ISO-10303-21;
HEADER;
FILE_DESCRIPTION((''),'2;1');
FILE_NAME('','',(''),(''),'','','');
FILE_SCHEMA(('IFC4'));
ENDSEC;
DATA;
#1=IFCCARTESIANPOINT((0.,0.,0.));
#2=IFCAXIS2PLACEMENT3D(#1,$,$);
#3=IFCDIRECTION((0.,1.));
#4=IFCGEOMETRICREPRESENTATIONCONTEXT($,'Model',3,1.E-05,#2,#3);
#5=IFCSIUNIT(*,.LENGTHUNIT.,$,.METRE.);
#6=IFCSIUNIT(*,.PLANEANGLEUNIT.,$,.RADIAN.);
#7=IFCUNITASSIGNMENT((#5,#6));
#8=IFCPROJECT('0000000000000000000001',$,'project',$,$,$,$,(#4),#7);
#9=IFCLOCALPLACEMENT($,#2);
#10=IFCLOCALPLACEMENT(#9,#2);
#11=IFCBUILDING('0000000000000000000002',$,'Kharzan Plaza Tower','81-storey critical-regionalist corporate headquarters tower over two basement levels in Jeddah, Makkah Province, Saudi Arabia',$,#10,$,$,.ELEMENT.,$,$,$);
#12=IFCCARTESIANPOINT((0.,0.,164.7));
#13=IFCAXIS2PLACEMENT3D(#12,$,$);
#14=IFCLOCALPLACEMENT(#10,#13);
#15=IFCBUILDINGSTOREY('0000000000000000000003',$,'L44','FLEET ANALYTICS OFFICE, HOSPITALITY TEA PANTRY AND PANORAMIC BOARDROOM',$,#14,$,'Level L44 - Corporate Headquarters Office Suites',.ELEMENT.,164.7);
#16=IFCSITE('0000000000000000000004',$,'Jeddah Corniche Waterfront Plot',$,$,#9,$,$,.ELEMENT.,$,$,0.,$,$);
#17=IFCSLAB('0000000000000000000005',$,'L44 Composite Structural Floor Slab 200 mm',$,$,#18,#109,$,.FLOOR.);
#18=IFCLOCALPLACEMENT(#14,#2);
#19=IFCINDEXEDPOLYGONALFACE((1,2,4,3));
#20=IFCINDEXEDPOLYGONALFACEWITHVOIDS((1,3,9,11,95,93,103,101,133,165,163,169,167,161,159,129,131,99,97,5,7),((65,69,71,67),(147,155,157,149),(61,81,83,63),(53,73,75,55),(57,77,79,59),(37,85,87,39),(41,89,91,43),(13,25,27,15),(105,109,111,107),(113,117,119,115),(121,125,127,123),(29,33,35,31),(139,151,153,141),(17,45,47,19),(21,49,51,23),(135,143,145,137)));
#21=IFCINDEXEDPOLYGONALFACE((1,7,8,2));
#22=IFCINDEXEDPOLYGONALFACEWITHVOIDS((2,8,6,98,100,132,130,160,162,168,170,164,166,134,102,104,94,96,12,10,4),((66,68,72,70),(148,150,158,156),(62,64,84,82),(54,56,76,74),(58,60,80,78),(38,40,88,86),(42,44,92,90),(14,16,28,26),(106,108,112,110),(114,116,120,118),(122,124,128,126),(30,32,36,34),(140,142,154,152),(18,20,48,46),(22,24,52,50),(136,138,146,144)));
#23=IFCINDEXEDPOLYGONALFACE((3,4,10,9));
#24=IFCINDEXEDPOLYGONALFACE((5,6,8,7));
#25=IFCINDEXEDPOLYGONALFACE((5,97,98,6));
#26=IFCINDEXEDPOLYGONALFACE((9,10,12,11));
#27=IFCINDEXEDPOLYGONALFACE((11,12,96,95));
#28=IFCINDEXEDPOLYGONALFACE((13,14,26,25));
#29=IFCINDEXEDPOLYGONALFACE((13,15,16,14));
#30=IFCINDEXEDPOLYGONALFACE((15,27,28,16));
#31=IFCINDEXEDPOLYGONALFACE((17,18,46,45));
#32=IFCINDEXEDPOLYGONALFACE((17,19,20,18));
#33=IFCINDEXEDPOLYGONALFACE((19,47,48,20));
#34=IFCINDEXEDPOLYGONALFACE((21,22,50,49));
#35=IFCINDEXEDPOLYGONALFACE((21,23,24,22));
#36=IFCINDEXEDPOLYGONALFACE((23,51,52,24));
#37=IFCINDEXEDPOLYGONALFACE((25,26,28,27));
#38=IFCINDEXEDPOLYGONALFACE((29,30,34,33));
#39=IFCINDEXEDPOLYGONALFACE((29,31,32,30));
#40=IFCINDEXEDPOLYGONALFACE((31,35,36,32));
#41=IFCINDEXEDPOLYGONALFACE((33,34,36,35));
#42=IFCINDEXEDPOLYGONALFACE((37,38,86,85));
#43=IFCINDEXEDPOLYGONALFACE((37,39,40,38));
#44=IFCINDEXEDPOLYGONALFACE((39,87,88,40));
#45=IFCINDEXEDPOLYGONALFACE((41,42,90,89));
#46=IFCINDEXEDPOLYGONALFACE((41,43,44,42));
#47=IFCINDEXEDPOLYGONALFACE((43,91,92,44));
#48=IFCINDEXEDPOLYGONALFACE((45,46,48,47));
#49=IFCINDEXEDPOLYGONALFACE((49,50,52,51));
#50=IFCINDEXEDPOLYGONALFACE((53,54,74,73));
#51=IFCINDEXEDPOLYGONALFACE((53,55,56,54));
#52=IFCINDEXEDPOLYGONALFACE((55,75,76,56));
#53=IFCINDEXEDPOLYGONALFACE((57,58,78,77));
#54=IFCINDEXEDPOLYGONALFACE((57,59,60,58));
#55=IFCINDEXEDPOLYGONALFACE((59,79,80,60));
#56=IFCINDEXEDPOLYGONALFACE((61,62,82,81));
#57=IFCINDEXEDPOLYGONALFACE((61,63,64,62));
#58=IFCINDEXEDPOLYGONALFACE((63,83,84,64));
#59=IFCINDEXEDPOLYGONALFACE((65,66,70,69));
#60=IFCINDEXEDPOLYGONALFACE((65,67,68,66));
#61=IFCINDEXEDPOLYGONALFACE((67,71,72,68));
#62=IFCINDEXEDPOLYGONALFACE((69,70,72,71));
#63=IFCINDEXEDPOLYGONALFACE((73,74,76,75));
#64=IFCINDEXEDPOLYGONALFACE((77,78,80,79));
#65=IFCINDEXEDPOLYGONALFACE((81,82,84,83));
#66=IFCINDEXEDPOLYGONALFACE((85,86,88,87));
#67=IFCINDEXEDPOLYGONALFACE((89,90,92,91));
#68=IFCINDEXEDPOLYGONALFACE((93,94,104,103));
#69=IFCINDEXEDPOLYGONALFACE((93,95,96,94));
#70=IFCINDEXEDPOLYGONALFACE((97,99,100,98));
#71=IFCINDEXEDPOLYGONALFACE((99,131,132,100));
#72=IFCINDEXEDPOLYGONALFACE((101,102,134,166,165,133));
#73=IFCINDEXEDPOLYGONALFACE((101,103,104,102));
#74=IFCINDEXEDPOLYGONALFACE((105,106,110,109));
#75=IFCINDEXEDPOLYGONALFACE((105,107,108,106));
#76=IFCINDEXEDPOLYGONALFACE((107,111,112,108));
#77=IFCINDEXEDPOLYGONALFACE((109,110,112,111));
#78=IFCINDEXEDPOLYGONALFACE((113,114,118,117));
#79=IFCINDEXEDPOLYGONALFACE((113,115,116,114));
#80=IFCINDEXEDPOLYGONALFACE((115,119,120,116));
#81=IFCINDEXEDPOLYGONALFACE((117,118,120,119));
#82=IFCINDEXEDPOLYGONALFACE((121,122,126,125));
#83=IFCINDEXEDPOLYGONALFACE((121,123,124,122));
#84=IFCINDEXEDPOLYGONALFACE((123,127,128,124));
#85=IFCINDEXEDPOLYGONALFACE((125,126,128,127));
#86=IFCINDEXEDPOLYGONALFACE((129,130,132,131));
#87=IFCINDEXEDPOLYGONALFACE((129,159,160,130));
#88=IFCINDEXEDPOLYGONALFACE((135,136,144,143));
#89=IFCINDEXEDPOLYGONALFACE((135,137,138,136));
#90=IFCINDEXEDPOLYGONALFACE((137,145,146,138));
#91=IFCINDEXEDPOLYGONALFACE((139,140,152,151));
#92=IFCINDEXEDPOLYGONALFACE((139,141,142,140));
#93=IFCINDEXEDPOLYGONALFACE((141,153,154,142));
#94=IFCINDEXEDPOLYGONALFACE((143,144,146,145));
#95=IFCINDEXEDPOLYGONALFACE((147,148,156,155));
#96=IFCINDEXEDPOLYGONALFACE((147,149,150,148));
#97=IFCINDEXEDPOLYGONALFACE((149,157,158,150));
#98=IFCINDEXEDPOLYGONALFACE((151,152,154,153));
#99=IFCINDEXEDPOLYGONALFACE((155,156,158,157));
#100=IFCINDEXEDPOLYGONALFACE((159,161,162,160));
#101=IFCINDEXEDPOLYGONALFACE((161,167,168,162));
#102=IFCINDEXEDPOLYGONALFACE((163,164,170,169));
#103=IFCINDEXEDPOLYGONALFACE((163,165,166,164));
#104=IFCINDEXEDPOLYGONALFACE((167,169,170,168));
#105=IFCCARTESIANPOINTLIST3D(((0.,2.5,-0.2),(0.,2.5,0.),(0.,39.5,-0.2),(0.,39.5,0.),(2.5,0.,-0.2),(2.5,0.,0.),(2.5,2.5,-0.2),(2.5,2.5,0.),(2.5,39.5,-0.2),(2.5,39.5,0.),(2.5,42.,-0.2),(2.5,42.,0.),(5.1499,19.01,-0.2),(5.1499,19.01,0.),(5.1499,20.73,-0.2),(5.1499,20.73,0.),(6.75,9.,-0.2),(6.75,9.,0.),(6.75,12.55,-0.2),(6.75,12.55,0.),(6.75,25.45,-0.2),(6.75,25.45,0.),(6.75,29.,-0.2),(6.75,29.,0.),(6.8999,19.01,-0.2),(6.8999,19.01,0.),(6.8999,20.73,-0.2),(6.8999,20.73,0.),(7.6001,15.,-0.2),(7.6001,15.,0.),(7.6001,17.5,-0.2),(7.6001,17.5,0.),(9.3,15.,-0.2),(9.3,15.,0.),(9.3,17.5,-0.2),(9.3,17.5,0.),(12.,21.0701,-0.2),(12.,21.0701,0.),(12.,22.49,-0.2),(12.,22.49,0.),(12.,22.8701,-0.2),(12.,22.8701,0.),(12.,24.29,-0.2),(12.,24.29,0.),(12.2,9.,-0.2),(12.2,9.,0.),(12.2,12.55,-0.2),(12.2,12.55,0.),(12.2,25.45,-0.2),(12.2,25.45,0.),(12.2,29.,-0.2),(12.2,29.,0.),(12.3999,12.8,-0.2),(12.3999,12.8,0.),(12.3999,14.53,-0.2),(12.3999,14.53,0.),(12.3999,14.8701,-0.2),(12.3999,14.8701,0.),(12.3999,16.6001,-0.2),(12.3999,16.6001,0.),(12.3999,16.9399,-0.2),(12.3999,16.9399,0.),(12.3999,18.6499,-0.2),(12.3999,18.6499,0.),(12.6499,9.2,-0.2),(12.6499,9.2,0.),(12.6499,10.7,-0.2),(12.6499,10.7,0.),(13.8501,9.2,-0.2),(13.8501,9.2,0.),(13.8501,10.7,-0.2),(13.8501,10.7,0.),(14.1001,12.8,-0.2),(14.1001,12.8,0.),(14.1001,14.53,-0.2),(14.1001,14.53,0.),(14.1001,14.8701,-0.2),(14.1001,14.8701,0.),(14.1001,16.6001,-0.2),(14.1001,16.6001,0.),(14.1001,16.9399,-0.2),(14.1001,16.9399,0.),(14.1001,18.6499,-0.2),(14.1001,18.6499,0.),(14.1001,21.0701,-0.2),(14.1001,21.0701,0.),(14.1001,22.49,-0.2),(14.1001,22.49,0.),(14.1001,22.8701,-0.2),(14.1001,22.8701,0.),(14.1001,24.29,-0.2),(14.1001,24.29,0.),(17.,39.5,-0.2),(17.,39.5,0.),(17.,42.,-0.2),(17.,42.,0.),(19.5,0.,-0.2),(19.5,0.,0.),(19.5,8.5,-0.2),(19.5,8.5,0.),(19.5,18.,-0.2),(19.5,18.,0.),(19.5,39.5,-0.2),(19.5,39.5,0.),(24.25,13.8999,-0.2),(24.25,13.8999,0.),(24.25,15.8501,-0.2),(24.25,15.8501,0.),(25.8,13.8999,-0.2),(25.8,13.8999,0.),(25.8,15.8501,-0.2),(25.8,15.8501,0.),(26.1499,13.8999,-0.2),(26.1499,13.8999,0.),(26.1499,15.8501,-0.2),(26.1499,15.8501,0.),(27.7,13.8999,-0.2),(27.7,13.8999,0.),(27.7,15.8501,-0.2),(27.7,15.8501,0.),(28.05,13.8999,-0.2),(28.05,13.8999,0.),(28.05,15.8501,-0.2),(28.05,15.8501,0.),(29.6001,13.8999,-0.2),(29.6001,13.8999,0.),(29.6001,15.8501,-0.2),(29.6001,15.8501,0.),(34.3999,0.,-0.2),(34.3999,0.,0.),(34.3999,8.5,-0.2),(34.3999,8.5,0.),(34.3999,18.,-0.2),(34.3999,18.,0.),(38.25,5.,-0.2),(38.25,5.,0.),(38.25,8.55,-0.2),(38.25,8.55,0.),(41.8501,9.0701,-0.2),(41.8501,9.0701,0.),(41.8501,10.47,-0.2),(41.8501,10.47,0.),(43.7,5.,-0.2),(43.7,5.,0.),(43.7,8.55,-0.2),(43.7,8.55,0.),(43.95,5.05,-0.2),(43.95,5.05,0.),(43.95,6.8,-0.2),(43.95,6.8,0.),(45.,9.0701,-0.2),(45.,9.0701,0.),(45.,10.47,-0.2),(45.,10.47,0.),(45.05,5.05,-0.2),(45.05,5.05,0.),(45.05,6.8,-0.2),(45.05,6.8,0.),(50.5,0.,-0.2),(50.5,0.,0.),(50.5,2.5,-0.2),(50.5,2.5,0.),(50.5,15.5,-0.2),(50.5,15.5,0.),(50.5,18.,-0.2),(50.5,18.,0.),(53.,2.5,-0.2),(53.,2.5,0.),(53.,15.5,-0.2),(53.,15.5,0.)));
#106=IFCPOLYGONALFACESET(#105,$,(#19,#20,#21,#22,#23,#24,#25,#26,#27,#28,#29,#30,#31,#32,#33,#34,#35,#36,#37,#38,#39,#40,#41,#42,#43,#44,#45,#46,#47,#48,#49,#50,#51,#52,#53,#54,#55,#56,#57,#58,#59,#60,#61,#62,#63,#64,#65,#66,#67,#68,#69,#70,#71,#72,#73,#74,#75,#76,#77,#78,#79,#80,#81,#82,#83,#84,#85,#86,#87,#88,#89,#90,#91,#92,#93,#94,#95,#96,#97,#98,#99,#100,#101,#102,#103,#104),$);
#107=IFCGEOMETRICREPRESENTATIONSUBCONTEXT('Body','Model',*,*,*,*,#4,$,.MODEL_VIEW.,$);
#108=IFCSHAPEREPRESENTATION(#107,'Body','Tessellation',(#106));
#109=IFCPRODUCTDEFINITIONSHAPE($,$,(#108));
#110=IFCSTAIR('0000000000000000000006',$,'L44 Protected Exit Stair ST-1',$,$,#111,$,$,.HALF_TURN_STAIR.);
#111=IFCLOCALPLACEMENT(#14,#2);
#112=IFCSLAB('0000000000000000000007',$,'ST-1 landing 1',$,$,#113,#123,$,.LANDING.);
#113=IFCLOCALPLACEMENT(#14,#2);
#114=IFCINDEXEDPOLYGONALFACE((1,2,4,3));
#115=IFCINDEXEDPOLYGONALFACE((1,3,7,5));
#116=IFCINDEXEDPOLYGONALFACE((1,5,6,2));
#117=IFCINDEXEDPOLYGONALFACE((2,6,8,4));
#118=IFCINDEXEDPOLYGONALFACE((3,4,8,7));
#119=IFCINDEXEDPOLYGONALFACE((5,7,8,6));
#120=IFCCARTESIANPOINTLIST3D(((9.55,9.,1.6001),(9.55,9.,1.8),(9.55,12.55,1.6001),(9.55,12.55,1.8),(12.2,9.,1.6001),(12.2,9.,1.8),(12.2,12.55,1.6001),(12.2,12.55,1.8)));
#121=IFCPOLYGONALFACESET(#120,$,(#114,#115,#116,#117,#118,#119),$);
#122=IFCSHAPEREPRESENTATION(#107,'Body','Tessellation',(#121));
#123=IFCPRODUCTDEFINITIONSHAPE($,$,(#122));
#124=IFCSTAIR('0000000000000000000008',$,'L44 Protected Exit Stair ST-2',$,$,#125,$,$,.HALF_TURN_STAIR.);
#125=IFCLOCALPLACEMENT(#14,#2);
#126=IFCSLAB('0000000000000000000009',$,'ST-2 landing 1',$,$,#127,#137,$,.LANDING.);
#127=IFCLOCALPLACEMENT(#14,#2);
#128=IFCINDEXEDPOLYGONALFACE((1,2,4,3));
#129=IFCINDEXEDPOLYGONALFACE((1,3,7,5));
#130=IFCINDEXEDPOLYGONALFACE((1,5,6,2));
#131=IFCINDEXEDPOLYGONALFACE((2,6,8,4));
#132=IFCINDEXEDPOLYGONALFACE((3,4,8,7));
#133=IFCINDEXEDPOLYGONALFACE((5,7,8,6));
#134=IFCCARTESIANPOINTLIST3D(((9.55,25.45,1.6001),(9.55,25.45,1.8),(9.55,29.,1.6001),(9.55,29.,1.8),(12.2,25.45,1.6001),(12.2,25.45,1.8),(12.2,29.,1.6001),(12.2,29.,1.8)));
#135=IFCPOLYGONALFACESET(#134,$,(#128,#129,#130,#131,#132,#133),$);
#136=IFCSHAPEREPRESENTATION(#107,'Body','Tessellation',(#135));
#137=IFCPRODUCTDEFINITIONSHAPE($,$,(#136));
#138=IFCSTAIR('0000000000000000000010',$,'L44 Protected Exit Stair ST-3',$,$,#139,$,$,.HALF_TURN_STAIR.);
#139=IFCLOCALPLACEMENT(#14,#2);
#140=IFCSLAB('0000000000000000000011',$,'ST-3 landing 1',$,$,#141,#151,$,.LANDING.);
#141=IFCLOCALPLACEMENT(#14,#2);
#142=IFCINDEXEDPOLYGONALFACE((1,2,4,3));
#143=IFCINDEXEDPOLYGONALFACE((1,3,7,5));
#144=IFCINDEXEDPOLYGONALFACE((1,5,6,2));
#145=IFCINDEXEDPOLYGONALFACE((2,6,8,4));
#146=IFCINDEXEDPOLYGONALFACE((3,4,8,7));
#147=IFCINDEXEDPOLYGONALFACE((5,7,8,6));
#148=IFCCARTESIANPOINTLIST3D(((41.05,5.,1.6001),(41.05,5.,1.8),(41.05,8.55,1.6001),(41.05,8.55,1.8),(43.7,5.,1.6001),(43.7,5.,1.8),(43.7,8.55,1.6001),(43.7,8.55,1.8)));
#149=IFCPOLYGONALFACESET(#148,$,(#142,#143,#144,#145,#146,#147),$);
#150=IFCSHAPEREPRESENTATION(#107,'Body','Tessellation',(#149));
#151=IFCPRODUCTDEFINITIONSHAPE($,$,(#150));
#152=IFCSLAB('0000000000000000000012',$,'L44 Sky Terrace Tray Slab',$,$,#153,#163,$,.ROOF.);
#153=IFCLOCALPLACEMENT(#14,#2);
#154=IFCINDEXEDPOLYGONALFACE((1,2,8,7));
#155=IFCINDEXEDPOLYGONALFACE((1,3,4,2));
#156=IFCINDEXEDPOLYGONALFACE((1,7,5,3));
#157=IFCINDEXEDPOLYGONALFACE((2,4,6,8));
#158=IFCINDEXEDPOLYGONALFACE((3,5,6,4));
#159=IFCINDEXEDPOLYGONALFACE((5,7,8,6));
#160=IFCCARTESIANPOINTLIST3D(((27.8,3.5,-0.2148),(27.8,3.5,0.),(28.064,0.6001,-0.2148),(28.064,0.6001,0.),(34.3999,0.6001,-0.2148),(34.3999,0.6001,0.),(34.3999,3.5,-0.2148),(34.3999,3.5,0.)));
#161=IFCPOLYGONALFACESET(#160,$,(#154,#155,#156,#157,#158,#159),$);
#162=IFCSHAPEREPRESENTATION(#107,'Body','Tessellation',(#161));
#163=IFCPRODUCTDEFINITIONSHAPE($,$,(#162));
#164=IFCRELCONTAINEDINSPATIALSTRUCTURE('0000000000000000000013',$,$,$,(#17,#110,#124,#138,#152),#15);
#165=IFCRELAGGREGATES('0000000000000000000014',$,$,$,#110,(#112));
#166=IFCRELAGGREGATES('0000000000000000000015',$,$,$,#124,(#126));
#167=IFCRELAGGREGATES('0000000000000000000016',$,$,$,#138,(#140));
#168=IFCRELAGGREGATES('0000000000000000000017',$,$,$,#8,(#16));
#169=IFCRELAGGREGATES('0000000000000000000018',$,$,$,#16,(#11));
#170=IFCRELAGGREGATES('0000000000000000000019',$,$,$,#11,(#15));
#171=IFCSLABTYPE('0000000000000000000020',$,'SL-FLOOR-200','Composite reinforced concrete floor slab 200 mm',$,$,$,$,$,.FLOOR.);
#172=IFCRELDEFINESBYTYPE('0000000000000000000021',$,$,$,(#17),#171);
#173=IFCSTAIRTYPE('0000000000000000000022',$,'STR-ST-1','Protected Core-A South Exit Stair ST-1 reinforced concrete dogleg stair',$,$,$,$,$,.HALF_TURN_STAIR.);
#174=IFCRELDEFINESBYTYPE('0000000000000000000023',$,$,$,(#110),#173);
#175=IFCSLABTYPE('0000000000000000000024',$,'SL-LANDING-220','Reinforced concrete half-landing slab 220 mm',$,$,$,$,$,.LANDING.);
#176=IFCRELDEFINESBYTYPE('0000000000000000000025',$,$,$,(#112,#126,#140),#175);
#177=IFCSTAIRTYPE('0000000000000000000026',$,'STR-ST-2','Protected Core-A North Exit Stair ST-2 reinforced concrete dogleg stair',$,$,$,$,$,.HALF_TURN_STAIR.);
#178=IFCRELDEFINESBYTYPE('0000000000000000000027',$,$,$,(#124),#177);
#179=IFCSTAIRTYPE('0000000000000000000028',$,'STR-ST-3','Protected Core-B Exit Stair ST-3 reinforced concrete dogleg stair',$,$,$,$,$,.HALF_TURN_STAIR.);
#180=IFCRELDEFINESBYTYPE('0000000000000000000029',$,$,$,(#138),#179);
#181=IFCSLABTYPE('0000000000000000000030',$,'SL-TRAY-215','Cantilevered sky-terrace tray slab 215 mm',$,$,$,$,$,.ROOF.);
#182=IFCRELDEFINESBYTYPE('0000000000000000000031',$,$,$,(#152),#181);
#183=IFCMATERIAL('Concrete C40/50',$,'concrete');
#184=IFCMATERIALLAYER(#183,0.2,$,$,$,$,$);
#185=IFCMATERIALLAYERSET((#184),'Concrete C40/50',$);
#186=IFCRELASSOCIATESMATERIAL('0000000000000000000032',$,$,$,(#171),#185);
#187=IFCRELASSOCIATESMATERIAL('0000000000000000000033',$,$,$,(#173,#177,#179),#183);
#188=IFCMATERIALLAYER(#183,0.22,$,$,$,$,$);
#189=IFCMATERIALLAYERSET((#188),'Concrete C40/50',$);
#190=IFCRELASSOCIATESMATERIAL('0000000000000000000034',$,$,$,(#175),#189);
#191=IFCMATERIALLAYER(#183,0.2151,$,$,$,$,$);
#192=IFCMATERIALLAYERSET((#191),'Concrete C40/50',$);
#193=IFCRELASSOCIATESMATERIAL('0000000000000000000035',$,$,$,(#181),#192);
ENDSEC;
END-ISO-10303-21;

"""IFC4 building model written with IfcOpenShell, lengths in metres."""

from ifc_helpers import new_model, si_unit, direction, frame, origin, place, context, subcontext, project, spatial, polyline, outline, extrude, material, layer, layer_set, type_object, element, aggregate, save


model = new_model("IFC4")

# Units and contexts
model_context = context("Model", 3, precision=1e-05, world=origin(), true_north=direction((0.0, 1.0)))
body_context = subcontext(model_context, "Body", "Model", "MODEL_VIEW")
ifc_project = project(units=[si_unit("LENGTHUNIT", "METRE"), si_unit("PLANEANGLEUNIT", "RADIAN")], contexts=[model_context])

# Site, building, storey
site_placement = place(None, origin())
site = spatial("IfcSite", under=ifc_project, at=site_placement, Name="Jeddah Corniche Waterfront Plot", CompositionType="ELEMENT", RefElevation=0.0)
building_placement = place(site_placement, origin())
building = spatial("IfcBuilding", under=site, at=building_placement, Name="Kharzan Plaza Tower", Description="81-storey critical-regionalist corporate headquarters tower over two basement levels in Jeddah, Makkah Province, Saudi Arabia", CompositionType="ELEMENT")
storey_placement = place(building_placement, frame((0.0, 0.0, 164.7)))
storey = spatial("IfcBuildingStorey", under=building, at=storey_placement, Name="L44", Description="FLEET ANALYTICS OFFICE, HOSPITALITY TEA PANTRY AND PANORAMIC BOARDROOM", LongName="Level L44 - Corporate Headquarters Office Suites", CompositionType="ELEMENT", Elevation=164.7)

# Slab
ifc_material_1 = material(Name="Concrete C40/50", Category="concrete")
ifc_layer_1 = layer(ifc_material_1, 0.2)
ifc_layer_set_1 = layer_set([ifc_layer_1], Name="Concrete C40/50")
slab_type_1 = type_object("IfcSlabType", Name="SL-FLOOR-200", Description="Composite reinforced concrete floor slab 200 mm", PredefinedType="FLOOR", material=ifc_layer_set_1)
slab_1_placement = place(storey_placement, frame((0.0, 0.0, -0.2)))
element("IfcSlab", 1, at=slab_1_placement, inside=storey, type_object=slab_type_1, Name="L44 Composite Structural Floor Slab 200 mm", PredefinedType="FLOOR", context=body_context, shape_type="SweptSolid", body=[
    extrude(outline(polyline([(34.3999, 18.0), (19.5, 18.0), (19.5, 39.5), (17.0, 39.5), (17.0, 42.0), (2.5, 42.0), (2.5, 39.5), (0.0, 39.5), (0.0, 2.5), (2.5, 2.5), (2.5, 0.0), (19.5, 0.0), (19.5, 8.5), (34.3999, 8.5), (34.3999, 0.0), (50.5, 0.0), (50.5, 2.5), (53.0, 2.5), (53.0, 15.5), (50.5, 15.5), (50.5, 18.0), (34.3999, 18.0)]), holes=[polyline([(12.2, 9.0), (12.2, 12.55), (6.75, 12.55), (6.75, 9.0), (12.2, 9.0)]), polyline([(14.1001, 12.8), (14.1001, 14.53), (12.3999, 14.53), (12.3999, 12.8), (14.1001, 12.8)]), polyline([(14.1001, 14.8701), (14.1001, 16.6001), (12.3999, 16.6001), (12.3999, 14.8701), (14.1001, 14.8701)]), polyline([(9.3, 15.0), (9.3, 17.5), (7.6001, 17.5), (7.6001, 15.0), (9.3, 15.0)]), polyline([(6.8999, 19.01), (6.8999, 20.73), (5.1499, 20.73), (5.1499, 19.01), (6.8999, 19.01)]), polyline([(14.1001, 21.0701), (14.1001, 22.49), (12.0, 22.49), (12.0, 21.0701), (14.1001, 21.0701)]), polyline([(14.1001, 22.8701), (14.1001, 24.29), (12.0, 24.29), (12.0, 22.8701), (14.1001, 22.8701)]), polyline([(12.2, 25.45), (12.2, 29.0), (6.75, 29.0), (6.75, 25.45), (12.2, 25.45)]), polyline([(45.05, 5.05), (45.05, 6.8), (43.95, 6.8), (43.95, 5.05), (45.05, 5.05)]), polyline([(43.7, 5.0), (43.7, 8.55), (38.25, 8.55), (38.25, 5.0), (43.7, 5.0)]), polyline([(45.0, 9.0701), (45.0, 10.47), (41.8501, 10.47), (41.8501, 9.0701), (45.0, 9.0701)]), polyline([(13.8501, 9.2), (13.8501, 10.7), (12.6499, 10.7), (12.6499, 9.2), (13.8501, 9.2)]), polyline([(25.8, 13.8999), (25.8, 15.8501), (24.25, 15.8501), (24.25, 13.8999), (25.8, 13.8999)]), polyline([(27.7, 13.8999), (27.7, 15.8501), (26.1499, 15.8501), (26.1499, 13.8999), (27.7, 13.8999)]), polyline([(29.6001, 13.8999), (29.6001, 15.8501), (28.05, 15.8501), (28.05, 13.8999), (29.6001, 13.8999)]), polyline([(14.1001, 16.9399), (14.1001, 18.6499), (12.3999, 18.6499), (12.3999, 16.9399), (14.1001, 16.9399)])]), origin(), (0.0, 0.0, 1.0), 0.2),
])

# Stairs, slabs
stair_type_1 = type_object("IfcStairType", Name="STR-ST-1", Description="Protected Core-A South Exit Stair ST-1 reinforced concrete dogleg stair", PredefinedType="HALF_TURN_STAIR", material=ifc_material_1)
stair_1_placement = place(storey_placement, origin())
stair_1 = element("IfcStair", 2, at=stair_1_placement, inside=storey, type_object=stair_type_1, Name="L44 Protected Exit Stair ST-1", PredefinedType="HALF_TURN_STAIR")
ifc_layer_2 = layer(ifc_material_1, 0.22)
ifc_layer_set_2 = layer_set([ifc_layer_2], Name="Concrete C40/50")
slab_type_2 = type_object("IfcSlabType", Name="SL-LANDING-220", Description="Reinforced concrete half-landing slab 220 mm", PredefinedType="LANDING", material=ifc_layer_set_2)
slab_2_placement = place(storey_placement, frame((0.0, 0.0, 1.6001)))
slab_2 = element("IfcSlab", 3, at=slab_2_placement, type_object=slab_type_2, Name="ST-1 landing 1", PredefinedType="LANDING", context=body_context, shape_type="SweptSolid", body=[
    extrude(outline(polyline([(9.55, 9.0), (12.2, 9.0), (12.2, 12.55), (9.55, 12.55), (9.55, 9.0)])), origin(), (0.0, 0.0, 1.0), 0.2),
])
aggregate(stair_1, [slab_2])
stair_type_2 = type_object("IfcStairType", Name="STR-ST-2", Description="Protected Core-A North Exit Stair ST-2 reinforced concrete dogleg stair", PredefinedType="HALF_TURN_STAIR", material=ifc_material_1)
stair_2_placement = place(storey_placement, origin())
stair_2 = element("IfcStair", 4, at=stair_2_placement, inside=storey, type_object=stair_type_2, Name="L44 Protected Exit Stair ST-2", PredefinedType="HALF_TURN_STAIR")
slab_3_placement = place(storey_placement, frame((0.0, 0.0, 1.6001)))
slab_3 = element("IfcSlab", 5, at=slab_3_placement, type_object=slab_type_2, Name="ST-2 landing 1", PredefinedType="LANDING", context=body_context, shape_type="SweptSolid", body=[
    extrude(outline(polyline([(9.55, 25.45), (12.2, 25.45), (12.2, 29.0), (9.55, 29.0), (9.55, 25.45)])), origin(), (0.0, 0.0, 1.0), 0.2),
])
aggregate(stair_2, [slab_3])
stair_type_3 = type_object("IfcStairType", Name="STR-ST-3", Description="Protected Core-B Exit Stair ST-3 reinforced concrete dogleg stair", PredefinedType="HALF_TURN_STAIR", material=ifc_material_1)
stair_3_placement = place(storey_placement, origin())
stair_3 = element("IfcStair", 6, at=stair_3_placement, inside=storey, type_object=stair_type_3, Name="L44 Protected Exit Stair ST-3", PredefinedType="HALF_TURN_STAIR")
slab_4_placement = place(storey_placement, frame((0.0, 0.0, 1.6001)))
slab_4 = element("IfcSlab", 7, at=slab_4_placement, type_object=slab_type_2, Name="ST-3 landing 1", PredefinedType="LANDING", context=body_context, shape_type="SweptSolid", body=[
    extrude(outline(polyline([(41.05, 5.0), (43.7, 5.0), (43.7, 8.55), (41.05, 8.55), (41.05, 5.0)])), origin(), (0.0, 0.0, 1.0), 0.2),
])
aggregate(stair_3, [slab_4])

# Slab
ifc_layer_3 = layer(ifc_material_1, 0.2151)
ifc_layer_set_3 = layer_set([ifc_layer_3], Name="Concrete C40/50")
slab_type_3 = type_object("IfcSlabType", Name="SL-TRAY-215", Description="Cantilevered sky-terrace tray slab 215 mm", PredefinedType="ROOF", material=ifc_layer_set_3)
slab_5_placement = place(storey_placement, frame((0.0, 0.0, -0.2148)))
element("IfcSlab", 8, at=slab_5_placement, inside=storey, type_object=slab_type_3, Name="L44 Sky Terrace Tray Slab", PredefinedType="ROOF", context=body_context, shape_type="SweptSolid", body=[
    extrude(outline(polyline([(28.064, 0.6001), (34.3999, 0.6001), (34.3999, 3.5), (27.8, 3.5), (28.064, 0.6001)])), origin(), (0.0, 0.0, 1.0), 0.2148),
])

save(model, "model.ifc")
